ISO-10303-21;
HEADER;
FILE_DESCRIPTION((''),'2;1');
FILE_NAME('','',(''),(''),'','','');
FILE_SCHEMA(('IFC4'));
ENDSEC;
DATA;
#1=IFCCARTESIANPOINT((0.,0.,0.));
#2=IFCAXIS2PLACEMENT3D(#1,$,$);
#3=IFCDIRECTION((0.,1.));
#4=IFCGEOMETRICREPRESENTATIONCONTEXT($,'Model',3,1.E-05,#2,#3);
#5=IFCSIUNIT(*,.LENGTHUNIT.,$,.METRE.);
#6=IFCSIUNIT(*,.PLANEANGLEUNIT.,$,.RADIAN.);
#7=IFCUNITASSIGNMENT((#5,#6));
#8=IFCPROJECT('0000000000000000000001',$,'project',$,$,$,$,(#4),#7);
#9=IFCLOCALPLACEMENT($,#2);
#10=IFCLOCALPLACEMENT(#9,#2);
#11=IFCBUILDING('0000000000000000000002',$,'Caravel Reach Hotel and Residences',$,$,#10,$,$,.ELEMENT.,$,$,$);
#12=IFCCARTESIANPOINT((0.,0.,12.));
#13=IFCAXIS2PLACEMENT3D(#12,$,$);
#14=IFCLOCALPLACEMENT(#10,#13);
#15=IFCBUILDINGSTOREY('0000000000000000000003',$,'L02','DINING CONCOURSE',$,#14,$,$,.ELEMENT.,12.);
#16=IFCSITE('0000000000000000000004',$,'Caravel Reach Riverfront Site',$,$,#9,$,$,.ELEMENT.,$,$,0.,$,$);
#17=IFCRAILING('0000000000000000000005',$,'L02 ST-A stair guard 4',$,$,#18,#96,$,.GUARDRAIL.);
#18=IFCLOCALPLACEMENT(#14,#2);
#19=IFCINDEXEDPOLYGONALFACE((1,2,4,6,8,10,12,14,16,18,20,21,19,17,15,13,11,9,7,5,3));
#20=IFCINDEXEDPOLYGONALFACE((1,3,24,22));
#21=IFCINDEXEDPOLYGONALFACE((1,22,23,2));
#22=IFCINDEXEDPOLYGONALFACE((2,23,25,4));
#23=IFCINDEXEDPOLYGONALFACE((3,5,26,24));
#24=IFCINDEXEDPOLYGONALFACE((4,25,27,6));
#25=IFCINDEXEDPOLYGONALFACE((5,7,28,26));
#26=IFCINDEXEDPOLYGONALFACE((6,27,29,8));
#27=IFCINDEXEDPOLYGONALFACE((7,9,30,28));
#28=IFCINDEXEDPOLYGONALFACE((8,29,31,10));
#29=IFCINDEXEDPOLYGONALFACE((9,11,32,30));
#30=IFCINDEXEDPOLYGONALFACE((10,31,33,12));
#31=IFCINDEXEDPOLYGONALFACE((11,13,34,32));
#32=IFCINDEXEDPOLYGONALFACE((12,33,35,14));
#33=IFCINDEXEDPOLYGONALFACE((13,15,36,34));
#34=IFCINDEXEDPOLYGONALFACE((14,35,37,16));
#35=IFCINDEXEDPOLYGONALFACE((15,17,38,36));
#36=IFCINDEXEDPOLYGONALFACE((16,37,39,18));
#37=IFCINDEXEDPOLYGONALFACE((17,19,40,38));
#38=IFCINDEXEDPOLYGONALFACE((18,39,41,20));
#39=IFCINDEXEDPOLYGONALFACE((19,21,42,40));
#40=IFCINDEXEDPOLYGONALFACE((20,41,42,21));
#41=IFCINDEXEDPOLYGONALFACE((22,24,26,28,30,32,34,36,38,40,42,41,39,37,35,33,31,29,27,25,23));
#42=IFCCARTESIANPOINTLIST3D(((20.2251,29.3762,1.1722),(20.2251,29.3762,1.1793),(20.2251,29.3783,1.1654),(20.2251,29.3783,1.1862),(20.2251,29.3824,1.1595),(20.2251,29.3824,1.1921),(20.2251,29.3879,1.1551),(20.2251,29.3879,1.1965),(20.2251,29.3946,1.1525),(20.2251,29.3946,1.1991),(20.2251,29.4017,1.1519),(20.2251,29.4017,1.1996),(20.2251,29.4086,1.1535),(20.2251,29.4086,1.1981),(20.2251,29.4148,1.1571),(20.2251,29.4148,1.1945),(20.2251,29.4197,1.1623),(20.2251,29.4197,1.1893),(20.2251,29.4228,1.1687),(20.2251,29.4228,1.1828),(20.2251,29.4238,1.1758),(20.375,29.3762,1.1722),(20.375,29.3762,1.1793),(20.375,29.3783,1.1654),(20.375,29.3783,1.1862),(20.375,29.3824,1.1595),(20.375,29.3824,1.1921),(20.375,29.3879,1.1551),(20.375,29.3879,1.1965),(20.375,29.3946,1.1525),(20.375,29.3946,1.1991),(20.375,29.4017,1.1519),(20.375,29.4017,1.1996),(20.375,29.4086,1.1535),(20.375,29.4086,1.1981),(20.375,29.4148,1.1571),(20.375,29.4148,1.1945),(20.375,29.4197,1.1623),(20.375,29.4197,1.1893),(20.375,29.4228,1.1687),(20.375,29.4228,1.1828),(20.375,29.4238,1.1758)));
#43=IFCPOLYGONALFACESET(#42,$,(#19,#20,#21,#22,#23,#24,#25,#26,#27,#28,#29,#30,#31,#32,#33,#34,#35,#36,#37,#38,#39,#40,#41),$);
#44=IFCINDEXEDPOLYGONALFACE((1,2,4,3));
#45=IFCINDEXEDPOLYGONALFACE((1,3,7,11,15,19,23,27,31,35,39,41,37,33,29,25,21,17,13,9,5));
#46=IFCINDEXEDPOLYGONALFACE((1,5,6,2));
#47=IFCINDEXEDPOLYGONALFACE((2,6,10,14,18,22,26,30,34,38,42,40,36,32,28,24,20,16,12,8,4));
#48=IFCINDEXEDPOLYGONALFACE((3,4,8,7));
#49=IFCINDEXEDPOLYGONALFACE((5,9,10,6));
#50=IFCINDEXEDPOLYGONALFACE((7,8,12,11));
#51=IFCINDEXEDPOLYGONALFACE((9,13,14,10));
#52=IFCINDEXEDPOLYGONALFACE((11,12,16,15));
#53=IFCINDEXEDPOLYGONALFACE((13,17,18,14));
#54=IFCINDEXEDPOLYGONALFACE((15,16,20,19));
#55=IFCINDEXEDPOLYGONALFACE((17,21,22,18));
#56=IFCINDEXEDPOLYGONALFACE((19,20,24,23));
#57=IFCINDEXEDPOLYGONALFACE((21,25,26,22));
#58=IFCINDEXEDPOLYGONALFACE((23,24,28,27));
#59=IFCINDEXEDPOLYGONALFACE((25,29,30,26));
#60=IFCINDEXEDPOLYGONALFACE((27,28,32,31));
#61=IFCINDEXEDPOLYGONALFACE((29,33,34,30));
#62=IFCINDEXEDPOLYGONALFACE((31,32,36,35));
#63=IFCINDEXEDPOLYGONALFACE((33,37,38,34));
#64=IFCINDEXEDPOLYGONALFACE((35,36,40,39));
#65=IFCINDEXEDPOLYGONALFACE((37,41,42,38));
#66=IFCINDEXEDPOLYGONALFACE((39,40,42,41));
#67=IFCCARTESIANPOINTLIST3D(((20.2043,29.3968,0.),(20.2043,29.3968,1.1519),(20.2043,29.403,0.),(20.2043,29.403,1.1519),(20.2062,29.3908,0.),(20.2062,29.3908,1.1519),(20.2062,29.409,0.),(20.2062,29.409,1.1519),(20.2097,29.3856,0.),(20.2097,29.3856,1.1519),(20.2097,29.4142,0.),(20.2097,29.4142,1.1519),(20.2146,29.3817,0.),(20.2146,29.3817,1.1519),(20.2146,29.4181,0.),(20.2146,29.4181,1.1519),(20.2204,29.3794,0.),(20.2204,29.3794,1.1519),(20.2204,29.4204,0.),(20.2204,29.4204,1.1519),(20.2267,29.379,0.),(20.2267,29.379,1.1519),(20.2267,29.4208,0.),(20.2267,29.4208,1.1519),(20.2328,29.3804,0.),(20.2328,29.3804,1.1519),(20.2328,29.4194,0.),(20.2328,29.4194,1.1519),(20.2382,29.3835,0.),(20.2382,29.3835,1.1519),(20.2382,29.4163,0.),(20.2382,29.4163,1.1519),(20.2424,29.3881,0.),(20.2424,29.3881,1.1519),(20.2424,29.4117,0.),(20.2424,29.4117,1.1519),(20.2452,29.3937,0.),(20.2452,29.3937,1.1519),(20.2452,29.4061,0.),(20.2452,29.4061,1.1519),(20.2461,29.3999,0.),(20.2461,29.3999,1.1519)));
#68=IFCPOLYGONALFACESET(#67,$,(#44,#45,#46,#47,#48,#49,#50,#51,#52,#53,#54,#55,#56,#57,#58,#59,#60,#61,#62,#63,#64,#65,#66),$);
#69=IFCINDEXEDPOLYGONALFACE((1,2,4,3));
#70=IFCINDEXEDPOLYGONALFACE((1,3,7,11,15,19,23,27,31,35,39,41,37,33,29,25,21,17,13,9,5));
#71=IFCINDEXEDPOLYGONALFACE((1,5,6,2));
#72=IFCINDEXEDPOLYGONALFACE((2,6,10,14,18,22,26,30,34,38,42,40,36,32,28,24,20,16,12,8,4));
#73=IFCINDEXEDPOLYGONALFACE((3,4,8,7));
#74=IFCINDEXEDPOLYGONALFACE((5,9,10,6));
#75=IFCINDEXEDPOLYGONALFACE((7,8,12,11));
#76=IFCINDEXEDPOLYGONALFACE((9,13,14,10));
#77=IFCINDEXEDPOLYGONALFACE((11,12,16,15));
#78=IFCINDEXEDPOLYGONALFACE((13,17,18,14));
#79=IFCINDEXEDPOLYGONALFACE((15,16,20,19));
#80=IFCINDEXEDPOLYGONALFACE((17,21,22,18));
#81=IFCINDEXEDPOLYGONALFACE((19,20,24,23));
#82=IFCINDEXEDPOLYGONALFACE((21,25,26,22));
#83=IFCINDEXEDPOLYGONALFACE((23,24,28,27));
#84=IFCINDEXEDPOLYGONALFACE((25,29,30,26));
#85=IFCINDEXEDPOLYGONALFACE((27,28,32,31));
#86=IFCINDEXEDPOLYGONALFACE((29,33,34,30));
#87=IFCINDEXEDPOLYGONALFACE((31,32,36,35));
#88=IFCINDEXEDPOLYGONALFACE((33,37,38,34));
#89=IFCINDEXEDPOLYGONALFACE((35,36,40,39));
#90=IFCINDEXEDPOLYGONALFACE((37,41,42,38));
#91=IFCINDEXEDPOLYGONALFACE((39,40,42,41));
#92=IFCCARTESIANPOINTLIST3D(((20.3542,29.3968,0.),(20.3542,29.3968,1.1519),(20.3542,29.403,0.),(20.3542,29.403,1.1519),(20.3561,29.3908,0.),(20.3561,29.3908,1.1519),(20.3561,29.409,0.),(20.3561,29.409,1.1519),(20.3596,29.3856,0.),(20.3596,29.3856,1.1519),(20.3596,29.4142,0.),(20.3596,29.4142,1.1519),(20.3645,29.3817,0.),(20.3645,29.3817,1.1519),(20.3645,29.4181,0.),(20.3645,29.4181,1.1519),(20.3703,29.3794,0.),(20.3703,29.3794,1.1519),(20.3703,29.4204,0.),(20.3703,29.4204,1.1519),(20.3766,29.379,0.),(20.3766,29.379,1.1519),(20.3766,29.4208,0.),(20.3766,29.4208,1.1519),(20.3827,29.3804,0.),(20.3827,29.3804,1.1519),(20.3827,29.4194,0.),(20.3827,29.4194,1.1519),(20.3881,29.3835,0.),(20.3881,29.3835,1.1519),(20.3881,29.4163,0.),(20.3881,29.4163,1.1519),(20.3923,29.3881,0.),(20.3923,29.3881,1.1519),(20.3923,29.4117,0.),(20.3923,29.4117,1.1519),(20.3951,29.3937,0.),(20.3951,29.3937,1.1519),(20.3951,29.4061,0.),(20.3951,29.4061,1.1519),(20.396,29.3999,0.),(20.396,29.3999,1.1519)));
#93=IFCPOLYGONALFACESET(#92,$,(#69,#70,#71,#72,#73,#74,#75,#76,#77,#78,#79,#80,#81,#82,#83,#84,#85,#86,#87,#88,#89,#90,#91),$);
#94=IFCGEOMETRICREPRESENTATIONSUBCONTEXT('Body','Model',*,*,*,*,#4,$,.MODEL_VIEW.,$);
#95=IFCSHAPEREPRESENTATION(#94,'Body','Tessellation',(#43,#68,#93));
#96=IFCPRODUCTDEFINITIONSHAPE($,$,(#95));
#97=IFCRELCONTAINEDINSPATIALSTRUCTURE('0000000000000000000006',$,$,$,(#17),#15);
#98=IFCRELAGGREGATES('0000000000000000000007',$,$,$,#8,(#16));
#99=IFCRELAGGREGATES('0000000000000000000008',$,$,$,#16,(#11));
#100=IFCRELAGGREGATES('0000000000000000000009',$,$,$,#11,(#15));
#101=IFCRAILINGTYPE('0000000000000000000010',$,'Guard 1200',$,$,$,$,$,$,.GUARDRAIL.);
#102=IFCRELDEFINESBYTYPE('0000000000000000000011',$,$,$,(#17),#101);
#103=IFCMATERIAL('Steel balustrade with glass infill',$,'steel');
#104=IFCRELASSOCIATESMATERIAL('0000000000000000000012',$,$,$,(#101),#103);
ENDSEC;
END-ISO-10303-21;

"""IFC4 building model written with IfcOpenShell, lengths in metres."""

from ifc_helpers import new_model, si_unit, direction, frame, origin, origin_2d, place, context, subcontext, project, spatial, circle, extrude, material, type_object, element, save


model = new_model("IFC4")

# Units and contexts
model_context = context("Model", 3, precision=1e-05, world=origin(), true_north=direction((0.0, 1.0)))
body_context = subcontext(model_context, "Body", "Model", "MODEL_VIEW")
ifc_project = project(units=[si_unit("LENGTHUNIT", "METRE"), si_unit("PLANEANGLEUNIT", "RADIAN")], contexts=[model_context])

# Site, building, storey
site_placement = place(None, origin())
site = spatial("IfcSite", under=ifc_project, at=site_placement, Name="Caravel Reach Riverfront Site", CompositionType="ELEMENT", RefElevation=0.0)
building_placement = place(site_placement, origin())
building = spatial("IfcBuilding", under=site, at=building_placement, Name="Caravel Reach Hotel and Residences", CompositionType="ELEMENT")
storey_placement = place(building_placement, frame((0.0, 0.0, 12.0)))
storey = spatial("IfcBuildingStorey", under=building, at=storey_placement, Name="L02", Description="DINING CONCOURSE", CompositionType="ELEMENT", Elevation=12.0)

# Railing
ifc_material_1 = material(Name="Steel balustrade with glass infill", Category="steel")
railing_type_1 = type_object("IfcRailingType", Name="Guard 1200", PredefinedType="GUARDRAIL", material=ifc_material_1)
railing_1_placement = place(storey_placement, frame((20.2251, 29.3999, 0.0)))
element("IfcRailing", 1, at=railing_1_placement, inside=storey, type_object=railing_type_1, Name="L02 ST-A stair guard 4", PredefinedType="GUARDRAIL", context=body_context, shape_type="SweptSolid", body=[
    extrude(circle(Radius=0.0239, at=origin_2d()), frame((0.0, 0.0, 1.1758), z_axis=(1.0, 0.0, 0.0), x_axis=(0.0, 1.0, 0.0)), (0.0, 0.0, 1.0), 0.1499),
    extrude(circle(Radius=0.021, at=origin_2d()), origin(), (0.0, 0.0, 1.0), 1.1519),
    extrude(circle(Radius=0.021, at=origin_2d()), frame((0.1499, 0.0, 0.0)), (0.0, 0.0, 1.0), 1.1519),
])

save(model, "model.ifc")
